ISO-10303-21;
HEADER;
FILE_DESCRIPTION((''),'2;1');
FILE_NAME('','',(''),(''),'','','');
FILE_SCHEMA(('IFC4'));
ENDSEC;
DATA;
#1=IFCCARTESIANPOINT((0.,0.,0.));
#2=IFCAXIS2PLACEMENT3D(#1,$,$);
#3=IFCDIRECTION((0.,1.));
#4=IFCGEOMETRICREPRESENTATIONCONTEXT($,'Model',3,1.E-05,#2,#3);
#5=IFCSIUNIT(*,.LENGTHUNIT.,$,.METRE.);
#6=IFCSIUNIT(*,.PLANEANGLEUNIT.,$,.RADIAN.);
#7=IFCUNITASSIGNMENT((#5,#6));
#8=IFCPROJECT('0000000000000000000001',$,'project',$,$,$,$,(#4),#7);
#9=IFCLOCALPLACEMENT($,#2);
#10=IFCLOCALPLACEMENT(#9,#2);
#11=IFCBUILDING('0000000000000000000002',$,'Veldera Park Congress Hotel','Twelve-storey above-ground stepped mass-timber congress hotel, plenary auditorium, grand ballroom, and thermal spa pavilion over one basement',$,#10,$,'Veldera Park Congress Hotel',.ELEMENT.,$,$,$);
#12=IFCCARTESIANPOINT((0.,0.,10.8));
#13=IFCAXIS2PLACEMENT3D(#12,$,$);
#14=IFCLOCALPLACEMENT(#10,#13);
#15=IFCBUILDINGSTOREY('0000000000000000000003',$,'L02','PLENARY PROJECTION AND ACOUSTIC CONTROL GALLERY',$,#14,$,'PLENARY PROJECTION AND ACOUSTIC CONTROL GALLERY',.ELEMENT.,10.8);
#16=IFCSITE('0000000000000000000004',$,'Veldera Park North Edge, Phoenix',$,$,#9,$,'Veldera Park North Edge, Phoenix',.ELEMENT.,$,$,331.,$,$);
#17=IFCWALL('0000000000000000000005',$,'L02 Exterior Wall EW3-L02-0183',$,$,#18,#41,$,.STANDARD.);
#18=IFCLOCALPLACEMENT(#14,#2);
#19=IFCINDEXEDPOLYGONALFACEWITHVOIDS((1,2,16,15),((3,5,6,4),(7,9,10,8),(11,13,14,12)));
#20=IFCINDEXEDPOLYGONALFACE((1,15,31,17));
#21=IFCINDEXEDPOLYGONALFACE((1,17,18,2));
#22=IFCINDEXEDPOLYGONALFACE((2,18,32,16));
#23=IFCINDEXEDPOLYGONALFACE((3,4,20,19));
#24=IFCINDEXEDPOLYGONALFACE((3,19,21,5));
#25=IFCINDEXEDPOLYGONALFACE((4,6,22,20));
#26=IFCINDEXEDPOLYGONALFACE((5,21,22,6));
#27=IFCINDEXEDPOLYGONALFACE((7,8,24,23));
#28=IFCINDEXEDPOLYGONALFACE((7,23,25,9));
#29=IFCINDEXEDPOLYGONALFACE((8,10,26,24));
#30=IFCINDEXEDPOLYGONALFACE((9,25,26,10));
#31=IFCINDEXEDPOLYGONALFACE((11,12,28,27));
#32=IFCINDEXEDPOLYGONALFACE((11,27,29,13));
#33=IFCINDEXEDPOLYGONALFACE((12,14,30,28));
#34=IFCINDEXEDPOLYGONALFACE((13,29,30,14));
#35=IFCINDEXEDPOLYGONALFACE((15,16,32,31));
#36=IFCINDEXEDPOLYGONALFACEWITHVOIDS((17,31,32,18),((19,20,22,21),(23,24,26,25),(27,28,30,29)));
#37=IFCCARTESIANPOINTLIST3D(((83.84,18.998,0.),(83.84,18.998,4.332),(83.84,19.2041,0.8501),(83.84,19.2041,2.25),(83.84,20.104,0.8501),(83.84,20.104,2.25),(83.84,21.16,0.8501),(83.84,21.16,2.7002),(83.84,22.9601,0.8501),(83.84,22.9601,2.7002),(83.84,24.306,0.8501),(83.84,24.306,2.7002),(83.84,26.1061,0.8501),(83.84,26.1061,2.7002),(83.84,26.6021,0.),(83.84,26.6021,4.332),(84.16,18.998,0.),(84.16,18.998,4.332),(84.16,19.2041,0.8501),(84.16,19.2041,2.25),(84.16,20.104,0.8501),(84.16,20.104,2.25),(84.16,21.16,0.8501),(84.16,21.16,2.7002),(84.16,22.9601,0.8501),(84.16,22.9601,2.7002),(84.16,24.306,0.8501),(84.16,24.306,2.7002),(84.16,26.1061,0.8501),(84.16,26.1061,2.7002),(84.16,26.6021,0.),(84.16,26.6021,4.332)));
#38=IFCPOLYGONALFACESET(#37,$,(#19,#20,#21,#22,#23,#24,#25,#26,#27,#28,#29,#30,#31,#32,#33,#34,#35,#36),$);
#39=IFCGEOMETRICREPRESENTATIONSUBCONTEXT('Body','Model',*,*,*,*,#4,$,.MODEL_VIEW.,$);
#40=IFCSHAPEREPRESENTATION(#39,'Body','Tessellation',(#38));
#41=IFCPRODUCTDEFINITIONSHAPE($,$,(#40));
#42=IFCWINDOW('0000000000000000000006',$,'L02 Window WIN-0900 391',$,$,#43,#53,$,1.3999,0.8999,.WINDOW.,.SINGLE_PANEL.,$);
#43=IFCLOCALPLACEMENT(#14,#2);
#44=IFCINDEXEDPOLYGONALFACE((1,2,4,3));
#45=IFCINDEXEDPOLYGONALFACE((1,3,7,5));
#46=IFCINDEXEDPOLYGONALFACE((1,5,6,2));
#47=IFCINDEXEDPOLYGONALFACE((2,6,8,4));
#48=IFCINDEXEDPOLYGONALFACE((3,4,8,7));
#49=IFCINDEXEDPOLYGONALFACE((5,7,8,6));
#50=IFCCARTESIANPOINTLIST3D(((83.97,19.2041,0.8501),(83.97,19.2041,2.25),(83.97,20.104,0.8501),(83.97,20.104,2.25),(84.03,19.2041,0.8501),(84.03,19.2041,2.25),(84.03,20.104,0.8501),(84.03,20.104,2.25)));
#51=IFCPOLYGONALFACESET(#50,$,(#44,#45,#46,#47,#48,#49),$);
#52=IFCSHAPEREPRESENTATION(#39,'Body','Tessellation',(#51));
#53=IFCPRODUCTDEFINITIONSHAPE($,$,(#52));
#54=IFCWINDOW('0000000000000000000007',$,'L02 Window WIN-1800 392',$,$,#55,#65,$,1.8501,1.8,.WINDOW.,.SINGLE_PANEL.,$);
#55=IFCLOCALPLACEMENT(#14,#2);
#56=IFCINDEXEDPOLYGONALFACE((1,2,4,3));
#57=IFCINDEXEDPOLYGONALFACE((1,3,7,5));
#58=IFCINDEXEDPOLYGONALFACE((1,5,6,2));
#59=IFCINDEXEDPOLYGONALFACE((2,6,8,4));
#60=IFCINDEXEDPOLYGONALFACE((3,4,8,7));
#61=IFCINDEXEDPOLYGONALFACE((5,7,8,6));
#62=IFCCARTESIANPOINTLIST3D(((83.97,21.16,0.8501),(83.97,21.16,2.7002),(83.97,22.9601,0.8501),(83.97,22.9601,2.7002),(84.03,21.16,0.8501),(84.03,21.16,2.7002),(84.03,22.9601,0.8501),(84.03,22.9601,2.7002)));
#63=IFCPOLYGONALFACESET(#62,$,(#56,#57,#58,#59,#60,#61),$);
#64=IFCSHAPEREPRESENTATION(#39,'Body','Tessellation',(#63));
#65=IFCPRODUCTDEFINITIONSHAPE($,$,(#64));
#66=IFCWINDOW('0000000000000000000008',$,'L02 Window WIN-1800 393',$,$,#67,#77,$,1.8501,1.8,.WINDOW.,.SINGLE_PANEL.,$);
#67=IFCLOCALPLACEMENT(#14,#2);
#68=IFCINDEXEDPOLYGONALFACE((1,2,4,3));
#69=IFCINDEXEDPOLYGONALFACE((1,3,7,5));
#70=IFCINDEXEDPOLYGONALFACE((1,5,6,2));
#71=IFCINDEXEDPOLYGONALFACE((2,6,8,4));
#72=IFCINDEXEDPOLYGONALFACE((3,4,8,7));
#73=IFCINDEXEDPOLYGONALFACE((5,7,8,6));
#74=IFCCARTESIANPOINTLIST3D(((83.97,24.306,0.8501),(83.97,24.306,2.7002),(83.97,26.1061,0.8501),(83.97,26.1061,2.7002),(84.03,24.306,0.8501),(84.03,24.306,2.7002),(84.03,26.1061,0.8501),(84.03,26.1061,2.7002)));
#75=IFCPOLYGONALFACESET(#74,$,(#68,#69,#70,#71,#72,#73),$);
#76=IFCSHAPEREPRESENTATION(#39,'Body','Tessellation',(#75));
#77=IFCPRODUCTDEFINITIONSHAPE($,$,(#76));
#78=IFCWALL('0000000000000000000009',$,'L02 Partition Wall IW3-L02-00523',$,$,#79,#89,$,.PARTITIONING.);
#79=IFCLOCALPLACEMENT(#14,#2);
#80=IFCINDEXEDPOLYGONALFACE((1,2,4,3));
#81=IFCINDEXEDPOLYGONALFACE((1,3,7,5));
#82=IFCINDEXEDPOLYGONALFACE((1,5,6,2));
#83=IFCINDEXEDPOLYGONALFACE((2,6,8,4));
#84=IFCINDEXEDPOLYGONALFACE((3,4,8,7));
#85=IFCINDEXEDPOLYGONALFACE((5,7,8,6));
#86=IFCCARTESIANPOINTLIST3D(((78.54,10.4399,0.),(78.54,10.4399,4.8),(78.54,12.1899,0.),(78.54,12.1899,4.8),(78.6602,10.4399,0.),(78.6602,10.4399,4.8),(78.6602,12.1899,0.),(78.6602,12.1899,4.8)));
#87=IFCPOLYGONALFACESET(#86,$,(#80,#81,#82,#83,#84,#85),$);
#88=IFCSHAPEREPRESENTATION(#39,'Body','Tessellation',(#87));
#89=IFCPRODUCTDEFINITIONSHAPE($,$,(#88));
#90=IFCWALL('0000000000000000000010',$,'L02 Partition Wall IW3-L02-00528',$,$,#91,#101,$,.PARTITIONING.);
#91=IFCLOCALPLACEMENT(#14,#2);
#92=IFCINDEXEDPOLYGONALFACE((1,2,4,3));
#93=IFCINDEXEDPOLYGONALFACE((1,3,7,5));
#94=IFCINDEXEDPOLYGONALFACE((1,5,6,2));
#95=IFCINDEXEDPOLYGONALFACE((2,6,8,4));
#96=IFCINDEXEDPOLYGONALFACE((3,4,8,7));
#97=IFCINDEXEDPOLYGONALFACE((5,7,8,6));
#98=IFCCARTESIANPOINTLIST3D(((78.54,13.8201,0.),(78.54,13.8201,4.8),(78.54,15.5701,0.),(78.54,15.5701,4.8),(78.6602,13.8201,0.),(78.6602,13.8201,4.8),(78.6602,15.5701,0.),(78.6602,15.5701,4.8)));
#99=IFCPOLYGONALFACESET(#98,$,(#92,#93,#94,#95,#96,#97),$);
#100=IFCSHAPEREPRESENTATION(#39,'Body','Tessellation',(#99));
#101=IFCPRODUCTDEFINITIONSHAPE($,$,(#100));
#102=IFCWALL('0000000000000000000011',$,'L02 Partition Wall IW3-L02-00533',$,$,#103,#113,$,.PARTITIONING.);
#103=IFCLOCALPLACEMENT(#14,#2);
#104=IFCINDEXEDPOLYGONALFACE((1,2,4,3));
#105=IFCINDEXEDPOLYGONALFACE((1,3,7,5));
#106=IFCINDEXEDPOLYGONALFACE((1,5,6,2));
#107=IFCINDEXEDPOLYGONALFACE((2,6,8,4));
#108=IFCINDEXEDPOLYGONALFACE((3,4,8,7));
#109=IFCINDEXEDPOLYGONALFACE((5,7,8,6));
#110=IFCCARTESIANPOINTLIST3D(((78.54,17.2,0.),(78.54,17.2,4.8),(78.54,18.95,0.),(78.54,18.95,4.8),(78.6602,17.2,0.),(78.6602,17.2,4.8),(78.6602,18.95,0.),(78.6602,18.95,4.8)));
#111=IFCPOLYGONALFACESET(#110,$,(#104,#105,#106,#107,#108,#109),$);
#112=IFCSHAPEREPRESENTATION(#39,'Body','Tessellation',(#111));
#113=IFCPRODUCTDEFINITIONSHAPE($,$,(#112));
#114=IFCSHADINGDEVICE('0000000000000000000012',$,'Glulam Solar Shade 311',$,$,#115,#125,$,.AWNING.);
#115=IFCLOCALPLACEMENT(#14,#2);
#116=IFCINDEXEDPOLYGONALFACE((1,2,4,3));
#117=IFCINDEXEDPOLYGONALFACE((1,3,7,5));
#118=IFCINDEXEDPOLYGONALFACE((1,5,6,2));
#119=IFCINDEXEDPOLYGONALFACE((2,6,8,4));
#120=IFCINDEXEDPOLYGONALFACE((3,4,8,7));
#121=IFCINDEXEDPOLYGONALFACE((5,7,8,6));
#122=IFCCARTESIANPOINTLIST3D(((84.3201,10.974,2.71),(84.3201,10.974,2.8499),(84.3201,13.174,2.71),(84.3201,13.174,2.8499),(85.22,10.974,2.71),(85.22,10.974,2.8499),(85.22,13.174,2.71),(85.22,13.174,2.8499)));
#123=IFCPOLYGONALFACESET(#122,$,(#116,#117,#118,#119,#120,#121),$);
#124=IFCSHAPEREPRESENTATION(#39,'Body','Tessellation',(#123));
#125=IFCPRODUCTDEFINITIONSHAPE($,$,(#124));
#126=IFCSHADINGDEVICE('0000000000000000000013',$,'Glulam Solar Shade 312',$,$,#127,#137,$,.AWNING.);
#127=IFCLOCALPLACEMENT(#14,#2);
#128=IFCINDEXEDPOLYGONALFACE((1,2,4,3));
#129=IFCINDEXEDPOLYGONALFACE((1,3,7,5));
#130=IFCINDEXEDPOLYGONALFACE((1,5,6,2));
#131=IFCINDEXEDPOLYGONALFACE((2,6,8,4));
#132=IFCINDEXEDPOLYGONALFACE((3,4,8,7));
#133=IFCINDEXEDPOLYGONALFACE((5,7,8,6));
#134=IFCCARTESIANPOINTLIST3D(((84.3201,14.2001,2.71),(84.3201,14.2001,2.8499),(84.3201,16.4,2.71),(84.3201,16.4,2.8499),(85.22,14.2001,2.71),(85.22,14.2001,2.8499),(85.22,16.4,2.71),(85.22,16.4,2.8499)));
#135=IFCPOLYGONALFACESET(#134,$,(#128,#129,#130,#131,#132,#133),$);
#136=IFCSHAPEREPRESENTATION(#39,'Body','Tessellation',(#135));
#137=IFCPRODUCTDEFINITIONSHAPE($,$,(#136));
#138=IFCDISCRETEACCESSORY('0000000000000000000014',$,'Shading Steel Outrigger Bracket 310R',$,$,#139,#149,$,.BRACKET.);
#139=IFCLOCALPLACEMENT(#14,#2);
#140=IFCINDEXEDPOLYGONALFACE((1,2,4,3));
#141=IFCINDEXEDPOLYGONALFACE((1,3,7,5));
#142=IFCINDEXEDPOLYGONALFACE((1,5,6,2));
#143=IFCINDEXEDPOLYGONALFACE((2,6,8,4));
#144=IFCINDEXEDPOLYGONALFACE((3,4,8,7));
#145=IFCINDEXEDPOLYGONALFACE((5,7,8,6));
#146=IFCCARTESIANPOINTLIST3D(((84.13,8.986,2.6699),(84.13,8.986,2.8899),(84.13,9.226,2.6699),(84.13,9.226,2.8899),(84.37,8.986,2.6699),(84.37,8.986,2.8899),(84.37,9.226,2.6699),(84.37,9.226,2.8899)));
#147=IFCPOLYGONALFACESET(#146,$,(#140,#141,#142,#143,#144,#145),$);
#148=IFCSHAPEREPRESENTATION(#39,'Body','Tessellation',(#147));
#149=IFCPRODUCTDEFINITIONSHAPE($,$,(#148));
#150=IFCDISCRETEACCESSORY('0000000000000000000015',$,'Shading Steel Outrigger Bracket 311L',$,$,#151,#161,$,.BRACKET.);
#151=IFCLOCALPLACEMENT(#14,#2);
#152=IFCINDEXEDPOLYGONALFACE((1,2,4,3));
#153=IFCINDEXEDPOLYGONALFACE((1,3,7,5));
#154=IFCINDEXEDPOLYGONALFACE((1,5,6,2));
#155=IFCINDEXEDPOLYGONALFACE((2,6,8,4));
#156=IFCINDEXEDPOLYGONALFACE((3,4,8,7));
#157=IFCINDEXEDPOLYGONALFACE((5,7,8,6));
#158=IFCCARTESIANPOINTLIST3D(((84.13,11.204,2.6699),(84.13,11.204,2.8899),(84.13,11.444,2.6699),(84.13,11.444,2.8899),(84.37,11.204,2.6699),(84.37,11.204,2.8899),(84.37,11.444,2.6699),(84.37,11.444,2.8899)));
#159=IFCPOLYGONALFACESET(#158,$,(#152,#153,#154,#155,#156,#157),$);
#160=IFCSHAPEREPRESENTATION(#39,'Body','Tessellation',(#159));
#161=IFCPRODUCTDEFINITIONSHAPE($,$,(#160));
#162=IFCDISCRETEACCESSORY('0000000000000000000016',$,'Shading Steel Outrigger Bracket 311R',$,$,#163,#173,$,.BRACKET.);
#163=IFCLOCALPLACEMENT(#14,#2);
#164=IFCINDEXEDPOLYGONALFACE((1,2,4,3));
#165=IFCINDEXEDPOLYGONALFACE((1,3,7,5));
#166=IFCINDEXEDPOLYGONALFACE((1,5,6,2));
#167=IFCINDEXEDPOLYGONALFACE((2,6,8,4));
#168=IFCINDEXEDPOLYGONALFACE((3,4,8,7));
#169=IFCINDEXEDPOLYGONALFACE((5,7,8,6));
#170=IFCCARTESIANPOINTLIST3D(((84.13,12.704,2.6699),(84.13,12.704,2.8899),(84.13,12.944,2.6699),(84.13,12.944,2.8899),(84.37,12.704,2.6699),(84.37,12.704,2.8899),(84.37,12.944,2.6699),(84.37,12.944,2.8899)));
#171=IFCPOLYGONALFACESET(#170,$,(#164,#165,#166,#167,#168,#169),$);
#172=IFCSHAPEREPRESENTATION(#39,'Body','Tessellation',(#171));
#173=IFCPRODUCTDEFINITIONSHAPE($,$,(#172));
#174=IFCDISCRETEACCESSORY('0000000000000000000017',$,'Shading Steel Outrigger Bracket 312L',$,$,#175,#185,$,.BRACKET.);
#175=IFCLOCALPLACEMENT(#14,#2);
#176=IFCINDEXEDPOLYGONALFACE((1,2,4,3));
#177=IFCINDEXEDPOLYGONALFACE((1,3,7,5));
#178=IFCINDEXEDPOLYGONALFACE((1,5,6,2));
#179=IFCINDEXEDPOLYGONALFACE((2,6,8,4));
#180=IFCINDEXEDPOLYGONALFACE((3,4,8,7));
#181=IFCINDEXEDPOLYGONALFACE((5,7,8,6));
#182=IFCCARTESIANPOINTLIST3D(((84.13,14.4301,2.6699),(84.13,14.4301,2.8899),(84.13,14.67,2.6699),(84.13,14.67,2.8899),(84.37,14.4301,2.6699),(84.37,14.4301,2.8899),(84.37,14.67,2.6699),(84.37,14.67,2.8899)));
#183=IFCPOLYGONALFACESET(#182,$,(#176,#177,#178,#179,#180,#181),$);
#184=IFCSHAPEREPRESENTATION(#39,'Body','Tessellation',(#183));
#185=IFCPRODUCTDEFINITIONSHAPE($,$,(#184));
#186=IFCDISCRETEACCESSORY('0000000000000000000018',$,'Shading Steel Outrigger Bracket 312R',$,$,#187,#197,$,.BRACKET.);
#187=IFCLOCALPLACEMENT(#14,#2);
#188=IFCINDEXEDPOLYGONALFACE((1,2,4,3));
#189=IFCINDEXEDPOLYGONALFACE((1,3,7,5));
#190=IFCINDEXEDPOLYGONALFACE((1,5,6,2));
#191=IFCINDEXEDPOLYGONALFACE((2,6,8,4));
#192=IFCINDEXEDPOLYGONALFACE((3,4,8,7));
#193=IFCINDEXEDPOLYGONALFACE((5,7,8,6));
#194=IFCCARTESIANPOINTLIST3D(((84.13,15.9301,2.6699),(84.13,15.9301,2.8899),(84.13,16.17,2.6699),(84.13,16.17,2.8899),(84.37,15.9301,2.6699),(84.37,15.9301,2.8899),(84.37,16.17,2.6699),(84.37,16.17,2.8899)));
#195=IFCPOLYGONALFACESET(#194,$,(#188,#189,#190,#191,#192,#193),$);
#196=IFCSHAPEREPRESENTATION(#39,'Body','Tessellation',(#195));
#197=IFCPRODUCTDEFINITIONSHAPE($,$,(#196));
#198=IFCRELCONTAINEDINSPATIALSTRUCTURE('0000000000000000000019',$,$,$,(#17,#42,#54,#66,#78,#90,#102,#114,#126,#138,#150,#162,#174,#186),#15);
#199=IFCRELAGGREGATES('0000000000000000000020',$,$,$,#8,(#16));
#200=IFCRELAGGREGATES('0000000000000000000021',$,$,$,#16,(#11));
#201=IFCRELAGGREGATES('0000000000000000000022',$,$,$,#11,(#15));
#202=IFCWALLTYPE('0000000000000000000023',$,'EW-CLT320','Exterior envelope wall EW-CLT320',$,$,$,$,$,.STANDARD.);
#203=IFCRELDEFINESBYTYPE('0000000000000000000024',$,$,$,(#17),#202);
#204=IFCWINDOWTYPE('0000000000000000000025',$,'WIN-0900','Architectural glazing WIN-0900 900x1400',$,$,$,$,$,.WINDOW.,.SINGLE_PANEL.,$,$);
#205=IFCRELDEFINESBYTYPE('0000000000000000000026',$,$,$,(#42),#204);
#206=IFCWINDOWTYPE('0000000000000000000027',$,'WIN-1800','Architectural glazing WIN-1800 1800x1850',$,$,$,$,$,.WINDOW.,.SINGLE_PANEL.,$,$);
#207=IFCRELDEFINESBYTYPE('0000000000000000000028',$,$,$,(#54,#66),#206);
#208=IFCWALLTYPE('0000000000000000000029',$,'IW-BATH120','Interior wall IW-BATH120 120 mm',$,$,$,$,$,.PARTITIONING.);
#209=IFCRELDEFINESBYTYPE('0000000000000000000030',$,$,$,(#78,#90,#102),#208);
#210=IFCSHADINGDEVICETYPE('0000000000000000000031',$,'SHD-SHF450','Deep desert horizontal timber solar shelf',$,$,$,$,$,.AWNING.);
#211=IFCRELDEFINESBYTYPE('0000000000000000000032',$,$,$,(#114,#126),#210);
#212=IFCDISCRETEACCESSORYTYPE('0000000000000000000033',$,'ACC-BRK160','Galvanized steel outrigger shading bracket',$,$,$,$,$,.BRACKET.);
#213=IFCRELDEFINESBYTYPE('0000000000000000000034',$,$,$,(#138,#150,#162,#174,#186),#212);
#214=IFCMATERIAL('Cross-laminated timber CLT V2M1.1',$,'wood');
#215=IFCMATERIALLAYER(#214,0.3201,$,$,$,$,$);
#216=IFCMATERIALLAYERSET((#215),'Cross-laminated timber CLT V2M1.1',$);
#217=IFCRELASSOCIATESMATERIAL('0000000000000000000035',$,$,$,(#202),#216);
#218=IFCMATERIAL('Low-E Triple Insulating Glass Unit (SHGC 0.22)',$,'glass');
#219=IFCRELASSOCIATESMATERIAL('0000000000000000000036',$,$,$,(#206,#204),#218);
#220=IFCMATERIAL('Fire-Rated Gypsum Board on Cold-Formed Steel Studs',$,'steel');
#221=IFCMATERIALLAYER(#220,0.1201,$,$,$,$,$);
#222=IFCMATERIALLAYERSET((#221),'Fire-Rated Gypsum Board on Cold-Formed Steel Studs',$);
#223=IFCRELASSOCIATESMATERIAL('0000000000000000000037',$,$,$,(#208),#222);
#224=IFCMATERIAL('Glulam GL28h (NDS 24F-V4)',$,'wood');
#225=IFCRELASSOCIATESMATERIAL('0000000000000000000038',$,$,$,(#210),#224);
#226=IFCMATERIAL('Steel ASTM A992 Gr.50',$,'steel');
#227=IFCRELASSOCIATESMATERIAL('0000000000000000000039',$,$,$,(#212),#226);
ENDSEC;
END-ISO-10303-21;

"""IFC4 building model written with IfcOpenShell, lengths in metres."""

from ifc_helpers import new_model, si_unit, direction, frame, frame_2d, origin, origin_2d, place, context, subcontext, project, spatial, rectangle, extrude, material, layer, layer_set, type_object, element, fill, save


model = new_model("IFC4")

# Units and contexts
model_context = context("Model", 3, precision=1e-05, world=origin(), true_north=direction((0.0, 1.0)))
body_context = subcontext(model_context, "Body", "Model", "MODEL_VIEW")
ifc_project = project(units=[si_unit("LENGTHUNIT", "METRE"), si_unit("PLANEANGLEUNIT", "RADIAN")], contexts=[model_context])

# Site, building, storey
site_placement = place(None, origin())
site = spatial("IfcSite", under=ifc_project, at=site_placement, Name="Veldera Park North Edge, Phoenix", LongName="Veldera Park North Edge, Phoenix", CompositionType="ELEMENT", RefElevation=331.0)
building_placement = place(site_placement, origin())
building = spatial("IfcBuilding", under=site, at=building_placement, Name="Veldera Park Congress Hotel", Description="Twelve-storey above-ground stepped mass-timber congress hotel, plenary auditorium, grand ballroom, and thermal spa pavilion over one basement", LongName="Veldera Park Congress Hotel", CompositionType="ELEMENT")
storey_placement = place(building_placement, frame((0.0, 0.0, 10.8)))
storey = spatial("IfcBuildingStorey", under=building, at=storey_placement, Name="L02", Description="PLENARY PROJECTION AND ACOUSTIC CONTROL GALLERY", LongName="PLENARY PROJECTION AND ACOUSTIC CONTROL GALLERY", CompositionType="ELEMENT", Elevation=10.8)

# Shared definitions
ifc_material_1 = material(Name="Glulam GL28h (NDS 24F-V4)", Category="wood")
ifc_material_2 = material(Name="Steel ASTM A992 Gr.50", Category="steel")

# Wall, openings, windows
ifc_material_3 = material(Name="Cross-laminated timber CLT V2M1.1", Category="wood")
ifc_layer_1 = layer(ifc_material_3, 0.3201)
ifc_layer_set_1 = layer_set([ifc_layer_1], Name="Cross-laminated timber CLT V2M1.1")
wall_type_1 = type_object("IfcWallType", Name="EW-CLT320", Description="Exterior envelope wall EW-CLT320", PredefinedType="STANDARD", material=ifc_layer_set_1)
ifc_material_4 = material(Name="Low-E Triple Insulating Glass Unit (SHGC 0.22)", Category="glass")
window_type_1 = type_object("IfcWindowType", Name="WIN-1800", Description="Architectural glazing WIN-1800 1800x1850", PartitioningType="SINGLE_PANEL", PredefinedType="WINDOW", material=ifc_material_4)
wall_1_placement = place(storey_placement, frame((84.0, 18.998, 0.0), z_axis=(0.0, 0.0, 1.0), x_axis=(0.0, 1.0, 0.0)))
wall_1 = element("IfcWall", 1, at=wall_1_placement, inside=storey, type_object=wall_type_1, Name="L02 Exterior Wall EW3-L02-0183", PredefinedType="STANDARD", context=body_context, shape_type="SweptSolid", body=[
    extrude(rectangle(XDim=7.604, YDim=0.3201, at=frame_2d((3.802, 0.0))), origin(), (0.0, 0.0, 1.0), 4.332),
])
opening_1_placement = place(wall_1_placement, frame((0.2061, 0.0, 0.8501)))
opening_1 = element("IfcOpeningElement", 2, at=opening_1_placement, cuts=wall_1, PredefinedType="OPENING", context=body_context, shape_type="SweptSolid", body=[
    extrude(rectangle(XDim=0.8999, YDim=1.3999, at=frame_2d((0.45, 0.7))), frame((0.0, 0.1721, 0.0), z_axis=(0.0, -1.0, 0.0), x_axis=(1.0, 0.0, 0.0)), (0.0, 0.0, 1.0), 0.344),
])
opening_2_placement = place(wall_1_placement, frame((2.1621, 0.0, 0.8501)))
opening_2 = element("IfcOpeningElement", 3, at=opening_2_placement, cuts=wall_1, PredefinedType="OPENING", context=body_context, shape_type="SweptSolid", body=[
    extrude(rectangle(XDim=1.8, YDim=1.8501, at=frame_2d((0.8999, 0.925))), frame((0.0, 0.1721, 0.0), z_axis=(0.0, -1.0, 0.0), x_axis=(1.0, 0.0, 0.0)), (0.0, 0.0, 1.0), 0.344),
])
opening_3_placement = place(wall_1_placement, frame((5.3081, 0.0, 0.8501)))
opening_3 = element("IfcOpeningElement", 4, at=opening_3_placement, cuts=wall_1, PredefinedType="OPENING", context=body_context, shape_type="SweptSolid", body=[
    extrude(rectangle(XDim=1.8, YDim=1.8501, at=frame_2d((0.8999, 0.925))), frame((0.0, 0.1721, 0.0), z_axis=(0.0, -1.0, 0.0), x_axis=(1.0, 0.0, 0.0)), (0.0, 0.0, 1.0), 0.344),
])
window_type_2 = type_object("IfcWindowType", Name="WIN-0900", Description="Architectural glazing WIN-0900 900x1400", PartitioningType="SINGLE_PANEL", PredefinedType="WINDOW", material=ifc_material_4)
window_1_placement = place(opening_1_placement, origin())
window_1 = element("IfcWindow", 5, at=window_1_placement, inside=storey, type_object=window_type_2, Name="L02 Window WIN-0900 391", OverallHeight=1.3999, OverallWidth=0.8999, PartitioningType="SINGLE_PANEL", PredefinedType="WINDOW", context=body_context, shape_type="SweptSolid", body=[
    extrude(rectangle(XDim=0.8999, YDim=1.3999, at=frame_2d((0.45, 0.7))), frame((0.0, 0.03, 0.0), z_axis=(0.0, -1.0, 0.0), x_axis=(1.0, 0.0, 0.0)), (0.0, 0.0, 1.0), 0.0601),
])
fill(opening_1, window_1)
window_2_placement = place(opening_2_placement, origin())
window_2 = element("IfcWindow", 6, at=window_2_placement, inside=storey, type_object=window_type_1, Name="L02 Window WIN-1800 392", OverallHeight=1.8501, OverallWidth=1.8, PartitioningType="SINGLE_PANEL", PredefinedType="WINDOW", context=body_context, shape_type="SweptSolid", body=[
    extrude(rectangle(XDim=1.8, YDim=1.8501, at=frame_2d((0.8999, 0.925))), frame((0.0, 0.03, 0.0), z_axis=(0.0, -1.0, 0.0), x_axis=(1.0, 0.0, 0.0)), (0.0, 0.0, 1.0), 0.0601),
])
fill(opening_2, window_2)
window_3_placement = place(opening_3_placement, origin())
window_3 = element("IfcWindow", 7, at=window_3_placement, inside=storey, type_object=window_type_1, Name="L02 Window WIN-1800 393", OverallHeight=1.8501, OverallWidth=1.8, PartitioningType="SINGLE_PANEL", PredefinedType="WINDOW", context=body_context, shape_type="SweptSolid", body=[
    extrude(rectangle(XDim=1.8, YDim=1.8501, at=frame_2d((0.8999, 0.925))), frame((0.0, 0.03, 0.0), z_axis=(0.0, -1.0, 0.0), x_axis=(1.0, 0.0, 0.0)), (0.0, 0.0, 1.0), 0.0601),
])
fill(opening_3, window_3)

# Walls
ifc_material_5 = material(Name="Fire-Rated Gypsum Board on Cold-Formed Steel Studs", Category="steel")
ifc_layer_2 = layer(ifc_material_5, 0.1201)
ifc_layer_set_2 = layer_set([ifc_layer_2], Name="Fire-Rated Gypsum Board on Cold-Formed Steel Studs")
wall_type_2 = type_object("IfcWallType", Name="IW-BATH120", Description="Interior wall IW-BATH120 120 mm", PredefinedType="PARTITIONING", material=ifc_layer_set_2)
for number, where, z_axis, x_axis, name in (
    (8, (78.6001, 10.4399, 0.0), (0.0, 0.0, 1.0), (0.0, 1.0, 0.0), "L02 Partition Wall IW3-L02-00523"),
    (9, (78.6001, 13.8201, 0.0), (0.0, 0.0, 1.0), (0.0, 1.0, 0.0), "L02 Partition Wall IW3-L02-00528"),
    (10, (78.6001, 17.2, 0.0), (0.0, 0.0, 1.0), (0.0, 1.0, 0.0), "L02 Partition Wall IW3-L02-00533"),
):
    element("IfcWall", number, at=place(storey_placement, frame(where, z_axis=z_axis, x_axis=x_axis)), inside=storey, type_object=wall_type_2, Name=name, PredefinedType="PARTITIONING", context=body_context, shape_type="SweptSolid", body=[
        extrude(rectangle(XDim=1.75, YDim=0.1201, at=frame_2d((0.875, 0.0))), origin(), (0.0, 0.0, 1.0), 4.8),
    ])

# Shading devices
shading_device_type = type_object("IfcShadingDeviceType", Name="SHD-SHF450", Description="Deep desert horizontal timber solar shelf", PredefinedType="AWNING", material=ifc_material_1)
for number, where, z_axis, x_axis, name in (
    (11, (84.77, 12.074, 2.71), (0.0, 0.0, 1.0), (0.0, 1.0, 0.0), "Glulam Solar Shade 311"),
    (12, (84.77, 15.3, 2.71), (0.0, 0.0, 1.0), (0.0, 1.0, 0.0), "Glulam Solar Shade 312"),
):
    element("IfcShadingDevice", number, at=place(storey_placement, frame(where, z_axis=z_axis, x_axis=x_axis)), inside=storey, type_object=shading_device_type, Name=name, PredefinedType="AWNING", context=body_context, shape_type="SweptSolid", body=[
        extrude(rectangle(XDim=2.2, YDim=0.8999, at=origin_2d()), origin(), (0.0, 0.0, 1.0), 0.1399),
    ])

# Discrete accessories
discrete_accessory_type = type_object("IfcDiscreteAccessoryType", Name="ACC-BRK160", Description="Galvanized steel outrigger shading bracket", PredefinedType="BRACKET", material=ifc_material_2)
for number, where, z_axis, x_axis, name in (
    (13, (84.25, 9.106, 2.6699), (0.0, 0.0, 1.0), (0.0, 1.0, 0.0), "Shading Steel Outrigger Bracket 310R"),
    (14, (84.25, 11.324, 2.6699), (0.0, 0.0, 1.0), (0.0, 1.0, 0.0), "Shading Steel Outrigger Bracket 311L"),
    (15, (84.25, 12.824, 2.6699), (0.0, 0.0, 1.0), (0.0, 1.0, 0.0), "Shading Steel Outrigger Bracket 311R"),
    (16, (84.25, 14.55, 2.6699), (0.0, 0.0, 1.0), (0.0, 1.0, 0.0), "Shading Steel Outrigger Bracket 312L"),
    (17, (84.25, 16.05, 2.6699), (0.0, 0.0, 1.0), (0.0, 1.0, 0.0), "Shading Steel Outrigger Bracket 312R"),
):
    element("IfcDiscreteAccessory", number, at=place(storey_placement, frame(where, z_axis=z_axis, x_axis=x_axis)), inside=storey, type_object=discrete_accessory_type, Name=name, PredefinedType="BRACKET", context=body_context, shape_type="SweptSolid", body=[
        extrude(rectangle(XDim=0.24, YDim=0.24, at=origin_2d()), origin(), (0.0, 0.0, 1.0), 0.22),
    ])

save(model, "model.ifc")
